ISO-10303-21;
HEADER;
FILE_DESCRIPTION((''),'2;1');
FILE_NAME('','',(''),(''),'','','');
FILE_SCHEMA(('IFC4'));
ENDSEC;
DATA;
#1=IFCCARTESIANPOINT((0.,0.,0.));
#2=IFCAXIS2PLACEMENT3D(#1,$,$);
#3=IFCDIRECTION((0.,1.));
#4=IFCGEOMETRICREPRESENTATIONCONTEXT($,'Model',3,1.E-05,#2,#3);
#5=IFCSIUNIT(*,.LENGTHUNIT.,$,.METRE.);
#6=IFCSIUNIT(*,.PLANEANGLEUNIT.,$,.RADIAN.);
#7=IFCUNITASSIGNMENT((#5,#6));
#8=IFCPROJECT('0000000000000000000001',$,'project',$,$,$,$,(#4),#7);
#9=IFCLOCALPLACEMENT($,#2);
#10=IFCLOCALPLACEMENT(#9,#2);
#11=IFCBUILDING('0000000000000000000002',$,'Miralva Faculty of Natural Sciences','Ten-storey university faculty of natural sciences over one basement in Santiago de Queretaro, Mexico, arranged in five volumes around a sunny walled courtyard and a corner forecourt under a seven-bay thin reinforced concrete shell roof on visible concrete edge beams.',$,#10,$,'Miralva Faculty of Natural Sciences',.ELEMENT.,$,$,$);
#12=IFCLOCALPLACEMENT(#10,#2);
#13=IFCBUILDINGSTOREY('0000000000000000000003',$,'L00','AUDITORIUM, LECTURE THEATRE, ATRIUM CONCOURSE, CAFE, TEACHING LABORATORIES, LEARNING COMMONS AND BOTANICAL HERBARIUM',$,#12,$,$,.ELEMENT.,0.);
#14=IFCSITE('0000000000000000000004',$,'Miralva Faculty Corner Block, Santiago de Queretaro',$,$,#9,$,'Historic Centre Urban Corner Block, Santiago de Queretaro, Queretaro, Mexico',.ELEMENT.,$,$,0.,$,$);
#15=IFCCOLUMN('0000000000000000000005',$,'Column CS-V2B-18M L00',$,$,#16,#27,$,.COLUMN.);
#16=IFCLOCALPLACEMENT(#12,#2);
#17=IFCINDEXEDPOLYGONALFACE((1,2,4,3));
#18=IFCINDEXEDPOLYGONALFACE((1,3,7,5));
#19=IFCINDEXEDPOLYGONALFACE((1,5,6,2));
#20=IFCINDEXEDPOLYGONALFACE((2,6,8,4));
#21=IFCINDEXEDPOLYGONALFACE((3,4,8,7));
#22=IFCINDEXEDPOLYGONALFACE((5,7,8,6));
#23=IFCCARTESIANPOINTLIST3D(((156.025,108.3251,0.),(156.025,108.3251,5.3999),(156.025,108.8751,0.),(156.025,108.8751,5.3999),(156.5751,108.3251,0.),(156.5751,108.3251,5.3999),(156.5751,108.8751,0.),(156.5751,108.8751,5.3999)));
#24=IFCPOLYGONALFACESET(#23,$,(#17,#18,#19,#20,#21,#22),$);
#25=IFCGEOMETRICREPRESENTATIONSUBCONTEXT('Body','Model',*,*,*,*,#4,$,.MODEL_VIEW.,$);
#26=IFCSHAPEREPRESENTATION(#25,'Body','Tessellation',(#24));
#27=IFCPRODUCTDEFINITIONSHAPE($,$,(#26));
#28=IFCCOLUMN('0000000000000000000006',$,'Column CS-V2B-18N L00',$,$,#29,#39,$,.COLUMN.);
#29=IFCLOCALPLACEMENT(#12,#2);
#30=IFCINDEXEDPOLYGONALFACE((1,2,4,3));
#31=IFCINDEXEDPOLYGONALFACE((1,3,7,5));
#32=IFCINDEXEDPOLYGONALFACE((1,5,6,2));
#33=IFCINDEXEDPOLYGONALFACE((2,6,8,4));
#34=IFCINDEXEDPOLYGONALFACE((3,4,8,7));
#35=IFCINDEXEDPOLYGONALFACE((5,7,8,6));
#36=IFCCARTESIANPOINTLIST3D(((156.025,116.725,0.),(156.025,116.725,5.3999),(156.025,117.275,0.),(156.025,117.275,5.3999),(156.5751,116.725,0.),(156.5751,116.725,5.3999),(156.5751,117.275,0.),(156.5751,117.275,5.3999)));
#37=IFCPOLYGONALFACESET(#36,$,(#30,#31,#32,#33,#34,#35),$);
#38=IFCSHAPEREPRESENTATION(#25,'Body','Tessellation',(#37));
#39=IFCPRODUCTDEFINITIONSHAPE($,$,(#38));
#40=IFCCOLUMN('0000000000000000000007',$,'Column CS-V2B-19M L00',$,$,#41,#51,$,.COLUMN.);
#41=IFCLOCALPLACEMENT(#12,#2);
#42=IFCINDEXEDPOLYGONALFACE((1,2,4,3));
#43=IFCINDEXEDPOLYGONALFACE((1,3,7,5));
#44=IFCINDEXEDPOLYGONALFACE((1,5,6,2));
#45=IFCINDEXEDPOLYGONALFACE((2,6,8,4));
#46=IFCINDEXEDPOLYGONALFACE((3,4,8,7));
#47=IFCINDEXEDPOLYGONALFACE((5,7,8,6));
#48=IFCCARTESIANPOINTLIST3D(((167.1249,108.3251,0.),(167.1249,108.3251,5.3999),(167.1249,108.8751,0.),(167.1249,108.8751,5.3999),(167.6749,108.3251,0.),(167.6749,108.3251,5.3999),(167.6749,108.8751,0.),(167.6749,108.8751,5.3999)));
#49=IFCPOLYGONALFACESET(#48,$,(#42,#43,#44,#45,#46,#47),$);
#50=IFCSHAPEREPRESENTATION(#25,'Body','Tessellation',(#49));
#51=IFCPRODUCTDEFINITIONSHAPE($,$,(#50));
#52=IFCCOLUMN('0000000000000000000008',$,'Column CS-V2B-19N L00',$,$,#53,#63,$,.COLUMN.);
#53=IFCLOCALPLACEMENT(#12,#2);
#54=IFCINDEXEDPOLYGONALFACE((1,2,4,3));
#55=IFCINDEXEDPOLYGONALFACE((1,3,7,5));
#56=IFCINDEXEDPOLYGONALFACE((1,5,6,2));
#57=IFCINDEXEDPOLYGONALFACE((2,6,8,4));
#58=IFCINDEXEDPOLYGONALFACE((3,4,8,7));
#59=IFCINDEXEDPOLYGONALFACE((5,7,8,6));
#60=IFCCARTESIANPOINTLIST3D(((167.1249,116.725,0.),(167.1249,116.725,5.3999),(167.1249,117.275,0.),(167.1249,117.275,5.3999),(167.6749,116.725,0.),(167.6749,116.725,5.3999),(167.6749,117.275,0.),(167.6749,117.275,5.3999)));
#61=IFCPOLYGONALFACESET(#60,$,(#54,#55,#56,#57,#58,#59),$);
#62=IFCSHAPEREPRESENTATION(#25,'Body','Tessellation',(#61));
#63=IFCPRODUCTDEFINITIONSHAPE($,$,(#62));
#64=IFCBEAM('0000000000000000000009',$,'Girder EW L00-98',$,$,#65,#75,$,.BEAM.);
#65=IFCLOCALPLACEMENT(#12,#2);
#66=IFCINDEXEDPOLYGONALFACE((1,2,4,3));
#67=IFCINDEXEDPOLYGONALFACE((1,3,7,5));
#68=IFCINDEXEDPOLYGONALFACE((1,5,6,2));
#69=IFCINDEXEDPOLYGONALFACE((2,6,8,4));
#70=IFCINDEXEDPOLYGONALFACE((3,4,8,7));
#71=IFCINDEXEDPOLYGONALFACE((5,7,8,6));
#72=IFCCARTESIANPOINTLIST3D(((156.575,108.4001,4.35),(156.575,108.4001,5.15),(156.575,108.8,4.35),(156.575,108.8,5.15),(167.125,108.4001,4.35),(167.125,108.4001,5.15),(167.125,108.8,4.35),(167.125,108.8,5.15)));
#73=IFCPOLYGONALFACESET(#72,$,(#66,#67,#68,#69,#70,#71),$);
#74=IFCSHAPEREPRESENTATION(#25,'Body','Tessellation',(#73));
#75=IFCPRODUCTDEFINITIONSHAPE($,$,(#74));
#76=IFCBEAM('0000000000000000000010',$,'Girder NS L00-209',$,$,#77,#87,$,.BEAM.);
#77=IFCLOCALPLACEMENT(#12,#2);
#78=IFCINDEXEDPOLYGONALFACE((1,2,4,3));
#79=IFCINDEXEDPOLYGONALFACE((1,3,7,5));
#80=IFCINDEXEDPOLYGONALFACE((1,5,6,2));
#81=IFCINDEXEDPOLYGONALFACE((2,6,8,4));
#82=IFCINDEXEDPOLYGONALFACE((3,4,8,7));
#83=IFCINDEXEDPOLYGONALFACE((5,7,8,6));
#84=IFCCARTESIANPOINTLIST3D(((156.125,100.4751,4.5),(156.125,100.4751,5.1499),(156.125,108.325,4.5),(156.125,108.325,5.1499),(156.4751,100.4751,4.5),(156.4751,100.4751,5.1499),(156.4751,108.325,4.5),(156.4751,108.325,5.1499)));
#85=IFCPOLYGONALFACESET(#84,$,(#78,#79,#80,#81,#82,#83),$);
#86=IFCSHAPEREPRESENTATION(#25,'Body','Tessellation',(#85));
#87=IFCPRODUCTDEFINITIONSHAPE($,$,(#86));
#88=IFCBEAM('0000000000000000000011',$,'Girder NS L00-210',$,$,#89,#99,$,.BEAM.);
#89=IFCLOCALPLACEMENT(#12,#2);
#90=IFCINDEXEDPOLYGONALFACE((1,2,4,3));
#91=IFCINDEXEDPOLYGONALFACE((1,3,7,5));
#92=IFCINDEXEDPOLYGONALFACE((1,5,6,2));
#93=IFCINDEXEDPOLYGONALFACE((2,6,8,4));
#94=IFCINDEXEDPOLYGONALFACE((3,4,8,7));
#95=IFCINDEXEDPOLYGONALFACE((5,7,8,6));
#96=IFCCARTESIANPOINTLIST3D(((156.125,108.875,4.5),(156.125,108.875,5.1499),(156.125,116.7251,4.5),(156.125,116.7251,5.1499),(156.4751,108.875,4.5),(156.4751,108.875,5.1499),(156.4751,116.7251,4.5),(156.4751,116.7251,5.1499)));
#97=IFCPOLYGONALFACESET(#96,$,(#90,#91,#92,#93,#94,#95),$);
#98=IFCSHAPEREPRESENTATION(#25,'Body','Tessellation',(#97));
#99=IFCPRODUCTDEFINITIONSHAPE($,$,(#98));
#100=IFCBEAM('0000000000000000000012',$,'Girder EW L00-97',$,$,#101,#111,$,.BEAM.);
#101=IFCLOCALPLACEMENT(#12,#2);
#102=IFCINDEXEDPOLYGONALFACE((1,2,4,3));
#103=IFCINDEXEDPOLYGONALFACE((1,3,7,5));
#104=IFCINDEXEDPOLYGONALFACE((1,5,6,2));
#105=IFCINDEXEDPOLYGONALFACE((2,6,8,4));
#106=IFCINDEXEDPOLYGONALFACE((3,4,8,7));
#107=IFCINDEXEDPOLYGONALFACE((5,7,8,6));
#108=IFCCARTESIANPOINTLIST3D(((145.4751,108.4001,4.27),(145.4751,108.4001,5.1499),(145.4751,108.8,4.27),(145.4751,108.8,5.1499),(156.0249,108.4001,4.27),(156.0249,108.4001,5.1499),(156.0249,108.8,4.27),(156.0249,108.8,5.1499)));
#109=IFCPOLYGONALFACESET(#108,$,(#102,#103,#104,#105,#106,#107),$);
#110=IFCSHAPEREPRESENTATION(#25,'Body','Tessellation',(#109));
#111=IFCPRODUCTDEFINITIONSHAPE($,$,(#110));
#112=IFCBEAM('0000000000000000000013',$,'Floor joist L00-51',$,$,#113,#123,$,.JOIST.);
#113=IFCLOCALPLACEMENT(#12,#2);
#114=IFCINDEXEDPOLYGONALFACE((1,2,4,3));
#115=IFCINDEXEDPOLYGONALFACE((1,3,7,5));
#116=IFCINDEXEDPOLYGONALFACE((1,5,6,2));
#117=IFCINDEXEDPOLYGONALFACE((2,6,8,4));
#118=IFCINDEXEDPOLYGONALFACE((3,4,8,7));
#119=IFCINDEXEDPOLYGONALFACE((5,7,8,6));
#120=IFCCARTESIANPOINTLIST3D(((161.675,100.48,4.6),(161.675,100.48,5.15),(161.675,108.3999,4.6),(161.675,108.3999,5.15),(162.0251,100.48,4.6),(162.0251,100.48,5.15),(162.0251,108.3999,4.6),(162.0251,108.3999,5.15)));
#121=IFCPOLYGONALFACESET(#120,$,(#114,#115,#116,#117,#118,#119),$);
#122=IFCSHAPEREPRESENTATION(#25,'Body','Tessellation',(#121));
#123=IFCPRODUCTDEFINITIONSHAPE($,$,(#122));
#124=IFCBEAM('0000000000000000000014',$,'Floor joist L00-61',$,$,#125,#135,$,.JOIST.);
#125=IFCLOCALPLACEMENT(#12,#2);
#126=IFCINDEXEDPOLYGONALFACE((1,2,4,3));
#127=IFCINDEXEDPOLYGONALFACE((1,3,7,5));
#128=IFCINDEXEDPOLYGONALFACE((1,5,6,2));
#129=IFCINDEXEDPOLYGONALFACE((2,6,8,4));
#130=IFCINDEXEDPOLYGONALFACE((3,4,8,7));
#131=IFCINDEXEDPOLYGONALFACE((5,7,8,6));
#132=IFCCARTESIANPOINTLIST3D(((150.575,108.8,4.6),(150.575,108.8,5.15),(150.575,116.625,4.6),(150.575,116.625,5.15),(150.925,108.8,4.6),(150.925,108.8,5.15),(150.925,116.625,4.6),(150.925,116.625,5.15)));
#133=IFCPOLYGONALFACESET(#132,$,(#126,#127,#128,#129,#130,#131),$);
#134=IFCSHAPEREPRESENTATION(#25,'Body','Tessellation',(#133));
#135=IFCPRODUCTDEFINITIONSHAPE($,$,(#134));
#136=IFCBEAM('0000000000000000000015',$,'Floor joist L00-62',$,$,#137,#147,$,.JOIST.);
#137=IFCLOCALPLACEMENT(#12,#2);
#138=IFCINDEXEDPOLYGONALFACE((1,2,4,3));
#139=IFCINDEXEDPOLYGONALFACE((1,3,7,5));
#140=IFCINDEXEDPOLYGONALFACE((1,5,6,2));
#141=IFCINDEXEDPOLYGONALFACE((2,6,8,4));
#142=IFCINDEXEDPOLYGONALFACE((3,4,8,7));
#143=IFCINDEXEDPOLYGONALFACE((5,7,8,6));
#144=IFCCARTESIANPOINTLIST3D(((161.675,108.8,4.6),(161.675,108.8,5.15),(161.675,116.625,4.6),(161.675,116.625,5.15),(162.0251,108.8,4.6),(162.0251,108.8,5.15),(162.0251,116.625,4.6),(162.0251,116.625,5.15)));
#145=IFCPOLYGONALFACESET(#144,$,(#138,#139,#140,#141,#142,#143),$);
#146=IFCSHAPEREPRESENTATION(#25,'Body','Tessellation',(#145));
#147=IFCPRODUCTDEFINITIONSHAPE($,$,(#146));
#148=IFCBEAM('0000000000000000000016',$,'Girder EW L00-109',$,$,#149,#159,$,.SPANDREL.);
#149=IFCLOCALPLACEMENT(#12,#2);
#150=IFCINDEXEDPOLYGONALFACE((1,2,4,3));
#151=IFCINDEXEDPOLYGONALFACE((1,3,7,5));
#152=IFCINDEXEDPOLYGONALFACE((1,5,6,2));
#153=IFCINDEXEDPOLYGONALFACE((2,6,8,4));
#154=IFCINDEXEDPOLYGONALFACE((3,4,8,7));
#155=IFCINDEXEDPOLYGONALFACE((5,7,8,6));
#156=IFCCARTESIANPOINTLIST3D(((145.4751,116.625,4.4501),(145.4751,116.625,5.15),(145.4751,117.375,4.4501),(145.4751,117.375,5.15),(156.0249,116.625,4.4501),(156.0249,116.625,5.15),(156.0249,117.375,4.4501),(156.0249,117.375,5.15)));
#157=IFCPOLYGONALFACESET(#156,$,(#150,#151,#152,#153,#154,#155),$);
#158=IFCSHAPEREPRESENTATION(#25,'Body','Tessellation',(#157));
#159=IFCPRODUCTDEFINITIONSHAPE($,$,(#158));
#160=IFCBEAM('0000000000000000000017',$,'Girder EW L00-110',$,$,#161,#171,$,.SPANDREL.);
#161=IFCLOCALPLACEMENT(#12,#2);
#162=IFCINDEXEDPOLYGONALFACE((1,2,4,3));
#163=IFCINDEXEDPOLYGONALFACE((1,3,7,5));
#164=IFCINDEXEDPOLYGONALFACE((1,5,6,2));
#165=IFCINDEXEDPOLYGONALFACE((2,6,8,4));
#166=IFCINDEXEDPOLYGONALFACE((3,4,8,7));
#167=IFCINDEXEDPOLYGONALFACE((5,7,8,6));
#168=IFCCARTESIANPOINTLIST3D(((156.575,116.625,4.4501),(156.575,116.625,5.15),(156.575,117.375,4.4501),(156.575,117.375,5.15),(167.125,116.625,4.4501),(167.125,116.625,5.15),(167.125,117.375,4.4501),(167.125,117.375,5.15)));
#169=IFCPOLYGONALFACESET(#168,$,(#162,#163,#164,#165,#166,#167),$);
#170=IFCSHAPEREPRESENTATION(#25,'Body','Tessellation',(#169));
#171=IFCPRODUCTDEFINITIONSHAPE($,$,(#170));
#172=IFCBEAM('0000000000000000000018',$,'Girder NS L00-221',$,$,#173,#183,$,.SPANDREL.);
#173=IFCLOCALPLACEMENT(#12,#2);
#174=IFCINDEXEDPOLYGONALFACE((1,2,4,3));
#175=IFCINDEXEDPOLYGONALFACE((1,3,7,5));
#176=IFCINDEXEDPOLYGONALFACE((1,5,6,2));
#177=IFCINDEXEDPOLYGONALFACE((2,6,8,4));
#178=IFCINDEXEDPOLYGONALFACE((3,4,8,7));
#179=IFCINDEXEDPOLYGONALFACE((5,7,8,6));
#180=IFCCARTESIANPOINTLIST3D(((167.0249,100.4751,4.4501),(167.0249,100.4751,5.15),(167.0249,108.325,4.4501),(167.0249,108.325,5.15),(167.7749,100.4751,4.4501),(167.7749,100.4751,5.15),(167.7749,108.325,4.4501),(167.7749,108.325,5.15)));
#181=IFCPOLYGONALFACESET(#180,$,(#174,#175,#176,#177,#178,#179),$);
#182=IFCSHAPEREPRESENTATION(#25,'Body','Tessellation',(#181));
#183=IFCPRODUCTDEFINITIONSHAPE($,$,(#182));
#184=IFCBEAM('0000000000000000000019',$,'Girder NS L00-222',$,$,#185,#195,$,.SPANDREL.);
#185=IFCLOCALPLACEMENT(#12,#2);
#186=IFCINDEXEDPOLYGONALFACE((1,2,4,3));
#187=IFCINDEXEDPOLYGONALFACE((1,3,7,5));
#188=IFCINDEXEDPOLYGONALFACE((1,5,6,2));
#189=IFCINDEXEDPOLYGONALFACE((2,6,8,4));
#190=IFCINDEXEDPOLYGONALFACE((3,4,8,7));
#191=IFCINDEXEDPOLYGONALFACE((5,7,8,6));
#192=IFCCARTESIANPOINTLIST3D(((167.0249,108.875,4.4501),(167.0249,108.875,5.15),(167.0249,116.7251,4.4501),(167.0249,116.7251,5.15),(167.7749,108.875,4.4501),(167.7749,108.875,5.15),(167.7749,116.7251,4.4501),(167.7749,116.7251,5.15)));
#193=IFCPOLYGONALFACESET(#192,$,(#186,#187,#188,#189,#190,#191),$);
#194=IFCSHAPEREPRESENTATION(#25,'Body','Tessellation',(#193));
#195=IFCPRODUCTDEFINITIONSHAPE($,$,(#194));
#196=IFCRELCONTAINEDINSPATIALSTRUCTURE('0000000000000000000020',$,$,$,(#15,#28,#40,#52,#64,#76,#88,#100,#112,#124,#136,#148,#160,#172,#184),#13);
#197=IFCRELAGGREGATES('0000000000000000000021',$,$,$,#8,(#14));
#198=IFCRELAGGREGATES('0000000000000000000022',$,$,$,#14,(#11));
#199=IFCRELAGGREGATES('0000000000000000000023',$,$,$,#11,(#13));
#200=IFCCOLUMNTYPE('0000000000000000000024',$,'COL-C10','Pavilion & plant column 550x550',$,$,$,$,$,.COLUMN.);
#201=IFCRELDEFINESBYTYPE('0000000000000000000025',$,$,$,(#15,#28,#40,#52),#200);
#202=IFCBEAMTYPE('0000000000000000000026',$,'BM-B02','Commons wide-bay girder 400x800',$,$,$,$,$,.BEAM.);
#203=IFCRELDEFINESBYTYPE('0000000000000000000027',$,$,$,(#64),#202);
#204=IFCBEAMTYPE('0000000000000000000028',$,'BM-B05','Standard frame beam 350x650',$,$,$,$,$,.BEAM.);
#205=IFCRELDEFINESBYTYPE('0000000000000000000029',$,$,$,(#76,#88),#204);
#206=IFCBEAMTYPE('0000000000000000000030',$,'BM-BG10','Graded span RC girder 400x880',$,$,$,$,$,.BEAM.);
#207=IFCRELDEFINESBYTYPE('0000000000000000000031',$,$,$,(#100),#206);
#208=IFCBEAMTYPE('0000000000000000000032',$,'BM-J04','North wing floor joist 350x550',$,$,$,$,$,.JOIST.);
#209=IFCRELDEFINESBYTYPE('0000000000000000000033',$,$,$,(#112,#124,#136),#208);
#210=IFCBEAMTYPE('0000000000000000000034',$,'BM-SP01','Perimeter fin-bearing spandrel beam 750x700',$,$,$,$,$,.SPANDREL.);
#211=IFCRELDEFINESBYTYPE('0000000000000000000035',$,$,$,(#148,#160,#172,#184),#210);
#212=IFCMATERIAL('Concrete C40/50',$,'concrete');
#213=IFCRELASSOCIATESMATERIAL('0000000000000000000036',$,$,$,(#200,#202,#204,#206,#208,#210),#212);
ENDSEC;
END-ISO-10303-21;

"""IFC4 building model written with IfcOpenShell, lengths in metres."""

from ifc_helpers import new_model, si_unit, direction, frame, origin, origin_2d, place, context, subcontext, project, spatial, rectangle, extrude, material, material_profile, profile_set, type_object, element, save


model = new_model("IFC4")

# Units and contexts
model_context = context("Model", 3, precision=1e-05, world=origin(), true_north=direction((0.0, 1.0)))
body_context = subcontext(model_context, "Body", "Model", "MODEL_VIEW")
ifc_project = project(units=[si_unit("LENGTHUNIT", "METRE"), si_unit("PLANEANGLEUNIT", "RADIAN")], contexts=[model_context])

# Site, building, storey
site_placement = place(None, origin())
site = spatial("IfcSite", under=ifc_project, at=site_placement, Name="Miralva Faculty Corner Block, Santiago de Queretaro", LongName="Historic Centre Urban Corner Block, Santiago de Queretaro, Queretaro, Mexico", CompositionType="ELEMENT", RefElevation=0.0)
building_placement = place(site_placement, origin())
building = spatial("IfcBuilding", under=site, at=building_placement, Name="Miralva Faculty of Natural Sciences", Description="Ten-storey university faculty of natural sciences over one basement in Santiago de Queretaro, Mexico, arranged in five volumes around a sunny walled courtyard and a corner forecourt under a seven-bay thin reinforced concrete shell roof on visible concrete edge beams.", LongName="Miralva Faculty of Natural Sciences", CompositionType="ELEMENT")
storey_placement = place(building_placement, origin())
storey = spatial("IfcBuildingStorey", under=building, at=storey_placement, Name="L00", Description="AUDITORIUM, LECTURE THEATRE, ATRIUM CONCOURSE, CAFE, TEACHING LABORATORIES, LEARNING COMMONS AND BOTANICAL HERBARIUM", CompositionType="ELEMENT", Elevation=0.0)

# Columns
ifc_material_1 = material(Name="Concrete C40/50", Category="concrete")
ifc_material_profile_1 = material_profile(ifc_material_1, rectangle(XDim=0.55, YDim=0.55, at=origin_2d()), Name="RC 550x550")
ifc_profile_set_1 = profile_set([ifc_material_profile_1], Name="Concrete C40/50")
column_type = type_object("IfcColumnType", Name="COL-C10", Description="Pavilion & plant column 550x550", PredefinedType="COLUMN", material=ifc_profile_set_1)
for number, where, z_axis, x_axis, name in (
    (1, (156.3, 108.6001, 0.0), (0.0, 0.0, 1.0), (1.0, 0.0, 0.0), "Column CS-V2B-18M L00"),
    (2, (156.3, 117.0, 0.0), (0.0, 0.0, 1.0), (1.0, 0.0, 0.0), "Column CS-V2B-18N L00"),
    (3, (167.3999, 108.6001, 0.0), (0.0, 0.0, 1.0), (1.0, 0.0, 0.0), "Column CS-V2B-19M L00"),
    (4, (167.3999, 117.0, 0.0), (0.0, 0.0, 1.0), (1.0, 0.0, 0.0), "Column CS-V2B-19N L00"),
):
    element("IfcColumn", number, at=place(storey_placement, frame(where, z_axis=z_axis, x_axis=x_axis)), inside=storey, type_object=column_type, Name=name, PredefinedType="COLUMN", context=body_context, shape_type="SweptSolid", body=[
        extrude(rectangle(XDim=0.55, YDim=0.55, at=origin_2d()), origin(), (0.0, 0.0, 1.0), 5.3999),
    ])

# Beams
ifc_material_profile_2 = material_profile(ifc_material_1, rectangle(XDim=0.3999, YDim=0.8, at=origin_2d()), Name="RC 400x800")
ifc_profile_set_2 = profile_set([ifc_material_profile_2], Name="Concrete C40/50")
beam_type_1 = type_object("IfcBeamType", Name="BM-B02", Description="Commons wide-bay girder 400x800", PredefinedType="BEAM", material=ifc_profile_set_2)
beam_1_placement = place(storey_placement, frame((156.575, 108.6001, 4.75), z_axis=(1.0, 0.0, 0.0), x_axis=(0.0, 1.0, 0.0)))
element("IfcBeam", 5, at=beam_1_placement, inside=storey, type_object=beam_type_1, Name="Girder EW L00-98", PredefinedType="BEAM", context=body_context, shape_type="SweptSolid", body=[
    extrude(rectangle(XDim=0.3999, YDim=0.8, at=origin_2d()), origin(), (0.0, 0.0, 1.0), 10.55),
])
ifc_material_profile_3 = material_profile(ifc_material_1, rectangle(XDim=0.3501, YDim=0.6499, at=origin_2d()), Name="RC 350x650")
ifc_profile_set_3 = profile_set([ifc_material_profile_3], Name="Concrete C40/50")
beam_type_2 = type_object("IfcBeamType", Name="BM-B05", Description="Standard frame beam 350x650", PredefinedType="BEAM", material=ifc_profile_set_3)
beam_2_placement = place(storey_placement, frame((156.3, 100.4751, 4.825), z_axis=(0.0, 1.0, 0.0), x_axis=(-1.0, 0.0, 0.0)))
element("IfcBeam", 6, at=beam_2_placement, inside=storey, type_object=beam_type_2, Name="Girder NS L00-209", PredefinedType="BEAM", context=body_context, shape_type="SweptSolid", body=[
    extrude(rectangle(XDim=0.3501, YDim=0.6499, at=origin_2d()), origin(), (0.0, 0.0, 1.0), 7.8499),
])
beam_3_placement = place(storey_placement, frame((156.3, 108.875, 4.825), z_axis=(0.0, 1.0, 0.0), x_axis=(-1.0, 0.0, 0.0)))
element("IfcBeam", 7, at=beam_3_placement, inside=storey, type_object=beam_type_2, Name="Girder NS L00-210", PredefinedType="BEAM", context=body_context, shape_type="SweptSolid", body=[
    extrude(rectangle(XDim=0.3501, YDim=0.6499, at=origin_2d()), origin(), (0.0, 0.0, 1.0), 7.8501),
])
ifc_material_profile_4 = material_profile(ifc_material_1, rectangle(XDim=0.3999, YDim=0.8799, at=origin_2d()), Name="RC 400x880")
ifc_profile_set_4 = profile_set([ifc_material_profile_4], Name="Concrete C40/50")
beam_type_3 = type_object("IfcBeamType", Name="BM-BG10", Description="Graded span RC girder 400x880", PredefinedType="BEAM", material=ifc_profile_set_4)
beam_4_placement = place(storey_placement, frame((145.4751, 108.6001, 4.71), z_axis=(1.0, 0.0, 0.0), x_axis=(0.0, 1.0, 0.0)))
element("IfcBeam", 8, at=beam_4_placement, inside=storey, type_object=beam_type_3, Name="Girder EW L00-97", PredefinedType="BEAM", context=body_context, shape_type="SweptSolid", body=[
    extrude(rectangle(XDim=0.3999, YDim=0.8799, at=origin_2d()), origin(), (0.0, 0.0, 1.0), 10.5498),
])
ifc_material_profile_5 = material_profile(ifc_material_1, rectangle(XDim=0.3501, YDim=0.55, at=origin_2d()), Name="RC 350x550")
ifc_profile_set_5 = profile_set([ifc_material_profile_5], Name="Concrete C40/50")
beam_type_4 = type_object("IfcBeamType", Name="BM-J04", Description="North wing floor joist 350x550", PredefinedType="JOIST", material=ifc_profile_set_5)
beam_5_placement = place(storey_placement, frame((161.8501, 100.48, 4.875), z_axis=(0.0, 1.0, 0.0), x_axis=(-1.0, 0.0, 0.0)))
element("IfcBeam", 9, at=beam_5_placement, inside=storey, type_object=beam_type_4, Name="Floor joist L00-51", PredefinedType="JOIST", context=body_context, shape_type="SweptSolid", body=[
    extrude(rectangle(XDim=0.3501, YDim=0.55, at=origin_2d()), origin(), (0.0, 0.0, 1.0), 7.9199),
])
for number, where, z_axis, x_axis, name in (
    (10, (150.75, 108.8, 4.875), (0.0, 1.0, 0.0), (-1.0, 0.0, 0.0), "Floor joist L00-61"),
    (11, (161.8501, 108.8, 4.875), (0.0, 1.0, 0.0), (-1.0, 0.0, 0.0), "Floor joist L00-62"),
):
    element("IfcBeam", number, at=place(storey_placement, frame(where, z_axis=z_axis, x_axis=x_axis)), inside=storey, type_object=beam_type_4, Name=name, PredefinedType="JOIST", context=body_context, shape_type="SweptSolid", body=[
        extrude(rectangle(XDim=0.3501, YDim=0.55, at=origin_2d()), origin(), (0.0, 0.0, 1.0), 7.825),
    ])
ifc_material_profile_6 = material_profile(ifc_material_1, rectangle(XDim=0.75, YDim=0.7, at=origin_2d()), Name="RC 750x700")
ifc_profile_set_6 = profile_set([ifc_material_profile_6], Name="Concrete C40/50")
beam_type_5 = type_object("IfcBeamType", Name="BM-SP01", Description="Perimeter fin-bearing spandrel beam 750x700", PredefinedType="SPANDREL", material=ifc_profile_set_6)
beam_6_placement = place(storey_placement, frame((145.4751, 117.0, 4.8), z_axis=(1.0, 0.0, 0.0), x_axis=(0.0, 1.0, 0.0)))
element("IfcBeam", 12, at=beam_6_placement, inside=storey, type_object=beam_type_5, Name="Girder EW L00-109", PredefinedType="SPANDREL", context=body_context, shape_type="SweptSolid", body=[
    extrude(rectangle(XDim=0.75, YDim=0.7, at=origin_2d()), origin(), (0.0, 0.0, 1.0), 10.5498),
])
beam_7_placement = place(storey_placement, frame((156.575, 117.0, 4.8), z_axis=(1.0, 0.0, 0.0), x_axis=(0.0, 1.0, 0.0)))
element("IfcBeam", 13, at=beam_7_placement, inside=storey, type_object=beam_type_5, Name="Girder EW L00-110", PredefinedType="SPANDREL", context=body_context, shape_type="SweptSolid", body=[
    extrude(rectangle(XDim=0.75, YDim=0.7, at=origin_2d()), origin(), (0.0, 0.0, 1.0), 10.55),
])
beam_8_placement = place(storey_placement, frame((167.3999, 100.4751, 4.8), z_axis=(0.0, 1.0, 0.0), x_axis=(-1.0, 0.0, 0.0)))
element("IfcBeam", 14, at=beam_8_placement, inside=storey, type_object=beam_type_5, Name="Girder NS L00-221", PredefinedType="SPANDREL", context=body_context, shape_type="SweptSolid", body=[
    extrude(rectangle(XDim=0.75, YDim=0.7, at=origin_2d()), origin(), (0.0, 0.0, 1.0), 7.8499),
])
beam_9_placement = place(storey_placement, frame((167.3999, 108.875, 4.8), z_axis=(0.0, 1.0, 0.0), x_axis=(-1.0, 0.0, 0.0)))
element("IfcBeam", 15, at=beam_9_placement, inside=storey, type_object=beam_type_5, Name="Girder NS L00-222", PredefinedType="SPANDREL", context=body_context, shape_type="SweptSolid", body=[
    extrude(rectangle(XDim=0.75, YDim=0.7, at=origin_2d()), origin(), (0.0, 0.0, 1.0), 7.8501),
])

save(model, "model.ifc")
